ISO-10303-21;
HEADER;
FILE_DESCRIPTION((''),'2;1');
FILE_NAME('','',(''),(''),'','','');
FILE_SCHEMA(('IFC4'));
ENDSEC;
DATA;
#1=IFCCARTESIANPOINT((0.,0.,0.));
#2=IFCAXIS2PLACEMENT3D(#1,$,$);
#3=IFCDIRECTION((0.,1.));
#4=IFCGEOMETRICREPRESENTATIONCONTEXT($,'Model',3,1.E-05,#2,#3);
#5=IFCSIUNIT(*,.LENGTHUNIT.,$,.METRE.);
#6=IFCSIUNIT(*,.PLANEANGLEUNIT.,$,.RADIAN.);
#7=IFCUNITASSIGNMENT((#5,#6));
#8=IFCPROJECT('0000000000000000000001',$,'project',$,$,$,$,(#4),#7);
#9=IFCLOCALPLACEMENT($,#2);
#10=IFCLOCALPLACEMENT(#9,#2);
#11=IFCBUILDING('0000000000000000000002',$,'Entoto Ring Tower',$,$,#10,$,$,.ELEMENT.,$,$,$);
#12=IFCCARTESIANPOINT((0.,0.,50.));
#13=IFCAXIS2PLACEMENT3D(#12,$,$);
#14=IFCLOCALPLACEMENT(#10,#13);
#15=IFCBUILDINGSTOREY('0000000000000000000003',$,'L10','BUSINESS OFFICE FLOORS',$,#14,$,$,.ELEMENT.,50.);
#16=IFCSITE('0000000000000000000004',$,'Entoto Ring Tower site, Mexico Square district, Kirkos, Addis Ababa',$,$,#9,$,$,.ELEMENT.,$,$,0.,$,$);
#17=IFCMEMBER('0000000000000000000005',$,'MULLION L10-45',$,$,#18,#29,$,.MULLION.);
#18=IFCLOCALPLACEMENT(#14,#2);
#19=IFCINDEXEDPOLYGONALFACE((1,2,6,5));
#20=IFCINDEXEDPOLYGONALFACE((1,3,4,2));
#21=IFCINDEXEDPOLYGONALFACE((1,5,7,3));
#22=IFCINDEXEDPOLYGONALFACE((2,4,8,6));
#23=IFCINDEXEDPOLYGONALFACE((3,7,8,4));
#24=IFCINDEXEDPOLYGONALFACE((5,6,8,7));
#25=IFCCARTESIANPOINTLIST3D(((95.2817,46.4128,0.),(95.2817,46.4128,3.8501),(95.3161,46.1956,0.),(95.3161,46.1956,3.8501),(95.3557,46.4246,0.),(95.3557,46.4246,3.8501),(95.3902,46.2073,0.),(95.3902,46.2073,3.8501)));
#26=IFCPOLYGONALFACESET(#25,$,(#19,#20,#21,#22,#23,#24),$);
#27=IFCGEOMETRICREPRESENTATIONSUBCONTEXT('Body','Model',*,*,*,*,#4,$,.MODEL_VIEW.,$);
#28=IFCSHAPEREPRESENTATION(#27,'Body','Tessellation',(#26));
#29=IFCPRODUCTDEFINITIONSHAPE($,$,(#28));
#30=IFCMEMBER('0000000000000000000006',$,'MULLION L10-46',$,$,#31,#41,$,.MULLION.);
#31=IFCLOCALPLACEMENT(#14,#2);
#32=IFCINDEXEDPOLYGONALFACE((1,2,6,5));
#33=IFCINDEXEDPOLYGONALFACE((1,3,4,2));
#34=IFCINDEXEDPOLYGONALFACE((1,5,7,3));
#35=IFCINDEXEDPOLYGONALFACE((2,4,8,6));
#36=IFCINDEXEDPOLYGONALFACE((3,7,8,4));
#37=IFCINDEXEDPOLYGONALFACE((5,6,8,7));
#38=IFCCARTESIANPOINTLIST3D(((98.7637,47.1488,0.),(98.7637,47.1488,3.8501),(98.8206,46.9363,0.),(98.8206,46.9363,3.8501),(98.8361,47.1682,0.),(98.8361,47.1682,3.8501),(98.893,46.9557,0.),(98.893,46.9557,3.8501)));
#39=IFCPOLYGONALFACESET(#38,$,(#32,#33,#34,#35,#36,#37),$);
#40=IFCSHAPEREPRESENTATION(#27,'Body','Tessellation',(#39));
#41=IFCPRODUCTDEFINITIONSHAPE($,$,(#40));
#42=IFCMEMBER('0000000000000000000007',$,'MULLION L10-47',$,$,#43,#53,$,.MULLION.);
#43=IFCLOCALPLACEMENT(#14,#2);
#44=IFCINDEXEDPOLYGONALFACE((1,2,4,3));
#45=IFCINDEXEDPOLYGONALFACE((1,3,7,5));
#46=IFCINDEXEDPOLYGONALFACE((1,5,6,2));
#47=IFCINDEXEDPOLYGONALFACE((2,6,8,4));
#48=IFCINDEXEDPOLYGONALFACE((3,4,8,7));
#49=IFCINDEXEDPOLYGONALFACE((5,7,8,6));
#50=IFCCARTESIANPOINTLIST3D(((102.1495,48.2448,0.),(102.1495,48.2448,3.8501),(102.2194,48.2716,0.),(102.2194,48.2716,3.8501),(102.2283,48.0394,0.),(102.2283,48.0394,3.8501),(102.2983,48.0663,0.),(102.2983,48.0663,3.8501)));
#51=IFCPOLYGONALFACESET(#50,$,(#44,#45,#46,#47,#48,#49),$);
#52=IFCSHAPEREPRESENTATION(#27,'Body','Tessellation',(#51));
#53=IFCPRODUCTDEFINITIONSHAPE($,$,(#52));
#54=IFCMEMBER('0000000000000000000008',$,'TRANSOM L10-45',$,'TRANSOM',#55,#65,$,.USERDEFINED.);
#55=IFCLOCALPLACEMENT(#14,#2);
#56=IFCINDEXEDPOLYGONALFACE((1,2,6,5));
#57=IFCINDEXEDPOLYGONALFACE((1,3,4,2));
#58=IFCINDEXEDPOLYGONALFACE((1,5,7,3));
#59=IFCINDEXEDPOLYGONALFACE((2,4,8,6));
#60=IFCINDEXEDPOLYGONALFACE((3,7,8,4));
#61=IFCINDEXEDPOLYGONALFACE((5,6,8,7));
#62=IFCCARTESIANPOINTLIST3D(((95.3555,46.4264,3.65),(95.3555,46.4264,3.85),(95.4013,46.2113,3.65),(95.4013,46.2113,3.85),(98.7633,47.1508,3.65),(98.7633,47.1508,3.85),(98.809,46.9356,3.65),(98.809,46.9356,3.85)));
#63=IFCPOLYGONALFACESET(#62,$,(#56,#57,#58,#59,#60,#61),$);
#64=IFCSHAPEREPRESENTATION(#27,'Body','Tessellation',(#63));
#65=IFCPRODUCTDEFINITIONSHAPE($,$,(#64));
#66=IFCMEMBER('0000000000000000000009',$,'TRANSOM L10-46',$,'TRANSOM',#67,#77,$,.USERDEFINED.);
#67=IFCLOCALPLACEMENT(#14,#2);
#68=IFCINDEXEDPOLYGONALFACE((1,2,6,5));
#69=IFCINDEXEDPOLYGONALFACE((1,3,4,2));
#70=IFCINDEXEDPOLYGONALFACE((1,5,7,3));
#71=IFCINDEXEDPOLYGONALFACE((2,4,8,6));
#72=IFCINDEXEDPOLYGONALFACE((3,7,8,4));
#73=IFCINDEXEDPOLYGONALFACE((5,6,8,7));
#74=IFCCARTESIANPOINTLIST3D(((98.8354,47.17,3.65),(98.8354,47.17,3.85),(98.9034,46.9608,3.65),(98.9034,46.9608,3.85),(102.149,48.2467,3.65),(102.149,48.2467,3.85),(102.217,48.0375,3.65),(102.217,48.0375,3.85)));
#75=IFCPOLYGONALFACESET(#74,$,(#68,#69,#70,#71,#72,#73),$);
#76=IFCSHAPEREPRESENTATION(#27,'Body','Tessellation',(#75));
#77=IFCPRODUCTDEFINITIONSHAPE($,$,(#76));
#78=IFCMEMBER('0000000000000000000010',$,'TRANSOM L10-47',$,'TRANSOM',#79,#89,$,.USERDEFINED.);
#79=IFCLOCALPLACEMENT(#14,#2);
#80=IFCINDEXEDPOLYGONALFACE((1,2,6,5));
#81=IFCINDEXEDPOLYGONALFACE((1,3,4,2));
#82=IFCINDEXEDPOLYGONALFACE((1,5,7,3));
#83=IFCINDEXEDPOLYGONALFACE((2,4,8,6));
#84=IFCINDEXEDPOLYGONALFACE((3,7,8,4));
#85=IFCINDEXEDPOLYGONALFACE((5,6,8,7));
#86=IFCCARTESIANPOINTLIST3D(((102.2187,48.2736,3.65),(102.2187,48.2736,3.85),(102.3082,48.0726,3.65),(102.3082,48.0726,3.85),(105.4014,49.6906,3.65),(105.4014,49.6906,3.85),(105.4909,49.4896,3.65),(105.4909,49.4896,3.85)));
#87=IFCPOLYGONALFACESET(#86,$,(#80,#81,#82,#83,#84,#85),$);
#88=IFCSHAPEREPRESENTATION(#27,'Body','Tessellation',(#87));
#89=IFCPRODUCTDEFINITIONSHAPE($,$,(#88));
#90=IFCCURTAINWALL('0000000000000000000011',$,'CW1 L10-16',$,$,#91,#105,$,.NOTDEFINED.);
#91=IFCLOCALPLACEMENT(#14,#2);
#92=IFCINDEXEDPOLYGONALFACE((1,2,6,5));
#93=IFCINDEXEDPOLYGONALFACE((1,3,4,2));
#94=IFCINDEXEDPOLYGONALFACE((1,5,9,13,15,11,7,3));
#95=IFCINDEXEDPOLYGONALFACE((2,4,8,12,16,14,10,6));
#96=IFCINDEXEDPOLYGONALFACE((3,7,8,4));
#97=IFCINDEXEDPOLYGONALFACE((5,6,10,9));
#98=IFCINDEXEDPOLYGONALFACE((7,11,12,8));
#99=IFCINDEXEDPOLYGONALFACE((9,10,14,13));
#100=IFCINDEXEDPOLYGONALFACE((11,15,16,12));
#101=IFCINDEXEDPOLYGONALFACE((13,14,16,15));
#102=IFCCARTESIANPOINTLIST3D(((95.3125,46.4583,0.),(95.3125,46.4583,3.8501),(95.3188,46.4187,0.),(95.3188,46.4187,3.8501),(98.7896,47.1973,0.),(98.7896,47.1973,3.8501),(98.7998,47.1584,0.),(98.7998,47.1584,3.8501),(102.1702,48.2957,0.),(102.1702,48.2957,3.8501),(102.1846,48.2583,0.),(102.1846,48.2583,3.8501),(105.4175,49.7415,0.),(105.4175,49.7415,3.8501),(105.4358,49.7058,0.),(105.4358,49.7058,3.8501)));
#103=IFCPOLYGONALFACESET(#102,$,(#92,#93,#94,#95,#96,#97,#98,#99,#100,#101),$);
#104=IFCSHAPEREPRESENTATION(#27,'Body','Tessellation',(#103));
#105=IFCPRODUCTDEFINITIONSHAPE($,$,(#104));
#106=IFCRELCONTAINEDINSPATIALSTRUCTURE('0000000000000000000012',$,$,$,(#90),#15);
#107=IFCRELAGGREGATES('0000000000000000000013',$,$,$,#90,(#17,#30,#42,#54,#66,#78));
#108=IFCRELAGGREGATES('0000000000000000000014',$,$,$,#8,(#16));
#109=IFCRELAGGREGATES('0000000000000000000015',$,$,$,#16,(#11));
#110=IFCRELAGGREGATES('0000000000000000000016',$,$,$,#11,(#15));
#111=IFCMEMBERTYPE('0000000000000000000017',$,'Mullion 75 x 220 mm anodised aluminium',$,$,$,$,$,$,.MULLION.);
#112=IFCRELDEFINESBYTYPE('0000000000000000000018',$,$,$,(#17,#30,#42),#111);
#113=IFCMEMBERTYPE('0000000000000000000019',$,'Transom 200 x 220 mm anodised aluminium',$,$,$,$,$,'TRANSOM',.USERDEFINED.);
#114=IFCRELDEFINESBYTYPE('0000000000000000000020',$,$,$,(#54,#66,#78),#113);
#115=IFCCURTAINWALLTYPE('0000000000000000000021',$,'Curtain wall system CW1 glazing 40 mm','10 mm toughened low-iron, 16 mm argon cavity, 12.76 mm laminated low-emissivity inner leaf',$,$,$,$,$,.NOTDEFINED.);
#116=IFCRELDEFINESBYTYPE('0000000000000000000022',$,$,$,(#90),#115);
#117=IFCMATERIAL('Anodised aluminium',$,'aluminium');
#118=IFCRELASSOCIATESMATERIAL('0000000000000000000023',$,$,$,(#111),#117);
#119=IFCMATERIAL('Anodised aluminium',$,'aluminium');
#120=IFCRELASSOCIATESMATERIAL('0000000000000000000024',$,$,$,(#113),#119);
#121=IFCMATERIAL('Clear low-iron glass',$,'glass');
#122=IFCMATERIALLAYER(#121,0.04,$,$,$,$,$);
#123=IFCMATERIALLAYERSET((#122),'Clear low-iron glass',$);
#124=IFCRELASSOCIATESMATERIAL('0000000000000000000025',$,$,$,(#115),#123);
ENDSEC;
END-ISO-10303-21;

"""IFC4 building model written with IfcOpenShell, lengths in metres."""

from ifc_helpers import new_model, si_unit, direction, frame, origin, origin_2d, place, context, subcontext, project, spatial, polyline, rectangle, outline, extrude, material, layer, layer_set, material_profile, profile_set, type_object, element, aggregate, save


model = new_model("IFC4")

# Units and contexts
model_context = context("Model", 3, precision=1e-05, world=origin(), true_north=direction((0.0, 1.0)))
body_context = subcontext(model_context, "Body", "Model", "MODEL_VIEW")
ifc_project = project(units=[si_unit("LENGTHUNIT", "METRE"), si_unit("PLANEANGLEUNIT", "RADIAN")], contexts=[model_context])

# Members
ifc_material_1 = material(Name="Anodised aluminium", Category="aluminium")
ifc_material_profile_1 = material_profile(ifc_material_1, rectangle(XDim=0.075, YDim=0.22, at=origin_2d()), Name="Mullion 75 x 220 mm anodised aluminium")
ifc_profile_set_1 = profile_set([ifc_material_profile_1], Name="Anodised aluminium")
member_type_1 = type_object("IfcMemberType", Name="Mullion 75 x 220 mm anodised aluminium", PredefinedType="MULLION", material=ifc_profile_set_1)
site_placement = place(None, origin())
building_placement = place(site_placement, origin())
storey_placement = place(building_placement, frame((0.0, 0.0, 50.0)))
member_1_placement = place(storey_placement, frame((95.3359, 46.3101, 0.0), z_axis=(0.0, 0.0, 1.0), x_axis=(0.987688, 0.156434, 0.0)))
member_1 = element("IfcMember", 1, at=member_1_placement, type_object=member_type_1, Name="MULLION L10-45", PredefinedType="MULLION", context=body_context, shape_type="SweptSolid", body=[
    extrude(rectangle(XDim=0.075, YDim=0.22, at=origin_2d()), origin(), (0.0, 0.0, 1.0), 3.8501),
])
member_2_placement = place(storey_placement, frame((98.8284, 47.0522, 0.0), z_axis=(0.0, 0.0, 1.0), x_axis=(0.965926, 0.258819, 0.0)))
member_2 = element("IfcMember", 2, at=member_2_placement, type_object=member_type_1, Name="MULLION L10-46", PredefinedType="MULLION", context=body_context, shape_type="SweptSolid", body=[
    extrude(rectangle(XDim=0.075, YDim=0.22, at=origin_2d()), origin(), (0.0, 0.0, 1.0), 3.8501),
])
member_3_placement = place(storey_placement, frame((102.2239, 48.1555, 0.0), z_axis=(0.0, 0.0, 1.0), x_axis=(0.93358, 0.358368, 0.0)))
member_3 = element("IfcMember", 3, at=member_3_placement, type_object=member_type_1, Name="MULLION L10-47", PredefinedType="MULLION", context=body_context, shape_type="SweptSolid", body=[
    extrude(rectangle(XDim=0.075, YDim=0.22, at=origin_2d()), origin(), (0.0, 0.0, 1.0), 3.8501),
])
ifc_material_2 = material(Name="Anodised aluminium", Category="aluminium")
ifc_material_profile_2 = material_profile(ifc_material_2, rectangle(XDim=0.22, YDim=0.2, at=origin_2d()), Name="Transom 200 x 220 mm anodised aluminium")
ifc_profile_set_2 = profile_set([ifc_material_profile_2], Name="Anodised aluminium")
member_type_2 = type_object("IfcMemberType", Name="Transom 200 x 220 mm anodised aluminium", ElementType="TRANSOM", PredefinedType="USERDEFINED", material=ifc_profile_set_2)
member_4_placement = place(storey_placement, frame((95.3784, 46.3188, 3.75), z_axis=(0.978146, 0.207921, 0.0), x_axis=(-0.207921, 0.978146, 0.0)))
member_4 = element("IfcMember", 4, at=member_4_placement, type_object=member_type_2, Name="TRANSOM L10-45", ObjectType="TRANSOM", PredefinedType="USERDEFINED", context=body_context, shape_type="SweptSolid", body=[
    extrude(rectangle(XDim=0.22, YDim=0.2, at=origin_2d()), origin(), (0.0, 0.0, 1.0), 3.4839),
])
member_5_placement = place(storey_placement, frame((98.8694, 47.0654, 3.75), z_axis=(0.951053, 0.309029, 0.0), x_axis=(-0.309029, 0.951053, 0.0)))
member_5 = element("IfcMember", 5, at=member_5_placement, type_object=member_type_2, Name="TRANSOM L10-46", ObjectType="TRANSOM", PredefinedType="USERDEFINED", context=body_context, shape_type="SweptSolid", body=[
    extrude(rectangle(XDim=0.22, YDim=0.2, at=origin_2d()), origin(), (0.0, 0.0, 1.0), 3.4841),
])
member_6_placement = place(storey_placement, frame((102.2634, 48.1731, 3.75), z_axis=(0.913545, 0.406737, 0.0), x_axis=(-0.406737, 0.913545, 0.0)))
member_6 = element("IfcMember", 6, at=member_6_placement, type_object=member_type_2, Name="TRANSOM L10-47", ObjectType="TRANSOM", PredefinedType="USERDEFINED", context=body_context, shape_type="SweptSolid", body=[
    extrude(rectangle(XDim=0.22, YDim=0.2, at=origin_2d()), origin(), (0.0, 0.0, 1.0), 3.4839),
])

# Site, building, storey
site = spatial("IfcSite", under=ifc_project, at=site_placement, Name="Entoto Ring Tower site, Mexico Square district, Kirkos, Addis Ababa", CompositionType="ELEMENT", RefElevation=0.0)
building = spatial("IfcBuilding", under=site, at=building_placement, Name="Entoto Ring Tower", CompositionType="ELEMENT")
storey = spatial("IfcBuildingStorey", under=building, at=storey_placement, Name="L10", Description="BUSINESS OFFICE FLOORS", CompositionType="ELEMENT", Elevation=50.0)

# Curtain wall
ifc_material_3 = material(Name="Clear low-iron glass", Category="glass")
ifc_layer = layer(ifc_material_3, 0.04)
ifc_layer_set = layer_set([ifc_layer], Name="Clear low-iron glass")
curtain_wall_type = type_object("IfcCurtainWallType", Name="Curtain wall system CW1 glazing 40 mm", Description="10 mm toughened low-iron, 16 mm argon cavity, 12.76 mm laminated low-emissivity inner leaf", PredefinedType="NOTDEFINED", material=ifc_layer_set)
curtain_wall_1_placement = place(storey_placement, origin())
curtain_wall_1 = element("IfcCurtainWall", 7, at=curtain_wall_1_placement, inside=storey, type_object=curtain_wall_type, Name="CW1 L10-16", PredefinedType="NOTDEFINED", context=body_context, shape_type="SweptSolid", body=[
    extrude(outline(polyline([(95.3188, 46.4187), (98.7998, 47.1584), (102.1846, 48.2583), (105.4358, 49.7058), (105.4175, 49.7415), (102.1702, 48.2957), (98.7896, 47.1973), (95.3125, 46.4583), (95.3188, 46.4187)])), origin(), (0.0, 0.0, 1.0), 3.8501),
])
aggregate(curtain_wall_1, [member_1, member_2, member_3, member_4, member_5, member_6])

save(model, "model.ifc")
